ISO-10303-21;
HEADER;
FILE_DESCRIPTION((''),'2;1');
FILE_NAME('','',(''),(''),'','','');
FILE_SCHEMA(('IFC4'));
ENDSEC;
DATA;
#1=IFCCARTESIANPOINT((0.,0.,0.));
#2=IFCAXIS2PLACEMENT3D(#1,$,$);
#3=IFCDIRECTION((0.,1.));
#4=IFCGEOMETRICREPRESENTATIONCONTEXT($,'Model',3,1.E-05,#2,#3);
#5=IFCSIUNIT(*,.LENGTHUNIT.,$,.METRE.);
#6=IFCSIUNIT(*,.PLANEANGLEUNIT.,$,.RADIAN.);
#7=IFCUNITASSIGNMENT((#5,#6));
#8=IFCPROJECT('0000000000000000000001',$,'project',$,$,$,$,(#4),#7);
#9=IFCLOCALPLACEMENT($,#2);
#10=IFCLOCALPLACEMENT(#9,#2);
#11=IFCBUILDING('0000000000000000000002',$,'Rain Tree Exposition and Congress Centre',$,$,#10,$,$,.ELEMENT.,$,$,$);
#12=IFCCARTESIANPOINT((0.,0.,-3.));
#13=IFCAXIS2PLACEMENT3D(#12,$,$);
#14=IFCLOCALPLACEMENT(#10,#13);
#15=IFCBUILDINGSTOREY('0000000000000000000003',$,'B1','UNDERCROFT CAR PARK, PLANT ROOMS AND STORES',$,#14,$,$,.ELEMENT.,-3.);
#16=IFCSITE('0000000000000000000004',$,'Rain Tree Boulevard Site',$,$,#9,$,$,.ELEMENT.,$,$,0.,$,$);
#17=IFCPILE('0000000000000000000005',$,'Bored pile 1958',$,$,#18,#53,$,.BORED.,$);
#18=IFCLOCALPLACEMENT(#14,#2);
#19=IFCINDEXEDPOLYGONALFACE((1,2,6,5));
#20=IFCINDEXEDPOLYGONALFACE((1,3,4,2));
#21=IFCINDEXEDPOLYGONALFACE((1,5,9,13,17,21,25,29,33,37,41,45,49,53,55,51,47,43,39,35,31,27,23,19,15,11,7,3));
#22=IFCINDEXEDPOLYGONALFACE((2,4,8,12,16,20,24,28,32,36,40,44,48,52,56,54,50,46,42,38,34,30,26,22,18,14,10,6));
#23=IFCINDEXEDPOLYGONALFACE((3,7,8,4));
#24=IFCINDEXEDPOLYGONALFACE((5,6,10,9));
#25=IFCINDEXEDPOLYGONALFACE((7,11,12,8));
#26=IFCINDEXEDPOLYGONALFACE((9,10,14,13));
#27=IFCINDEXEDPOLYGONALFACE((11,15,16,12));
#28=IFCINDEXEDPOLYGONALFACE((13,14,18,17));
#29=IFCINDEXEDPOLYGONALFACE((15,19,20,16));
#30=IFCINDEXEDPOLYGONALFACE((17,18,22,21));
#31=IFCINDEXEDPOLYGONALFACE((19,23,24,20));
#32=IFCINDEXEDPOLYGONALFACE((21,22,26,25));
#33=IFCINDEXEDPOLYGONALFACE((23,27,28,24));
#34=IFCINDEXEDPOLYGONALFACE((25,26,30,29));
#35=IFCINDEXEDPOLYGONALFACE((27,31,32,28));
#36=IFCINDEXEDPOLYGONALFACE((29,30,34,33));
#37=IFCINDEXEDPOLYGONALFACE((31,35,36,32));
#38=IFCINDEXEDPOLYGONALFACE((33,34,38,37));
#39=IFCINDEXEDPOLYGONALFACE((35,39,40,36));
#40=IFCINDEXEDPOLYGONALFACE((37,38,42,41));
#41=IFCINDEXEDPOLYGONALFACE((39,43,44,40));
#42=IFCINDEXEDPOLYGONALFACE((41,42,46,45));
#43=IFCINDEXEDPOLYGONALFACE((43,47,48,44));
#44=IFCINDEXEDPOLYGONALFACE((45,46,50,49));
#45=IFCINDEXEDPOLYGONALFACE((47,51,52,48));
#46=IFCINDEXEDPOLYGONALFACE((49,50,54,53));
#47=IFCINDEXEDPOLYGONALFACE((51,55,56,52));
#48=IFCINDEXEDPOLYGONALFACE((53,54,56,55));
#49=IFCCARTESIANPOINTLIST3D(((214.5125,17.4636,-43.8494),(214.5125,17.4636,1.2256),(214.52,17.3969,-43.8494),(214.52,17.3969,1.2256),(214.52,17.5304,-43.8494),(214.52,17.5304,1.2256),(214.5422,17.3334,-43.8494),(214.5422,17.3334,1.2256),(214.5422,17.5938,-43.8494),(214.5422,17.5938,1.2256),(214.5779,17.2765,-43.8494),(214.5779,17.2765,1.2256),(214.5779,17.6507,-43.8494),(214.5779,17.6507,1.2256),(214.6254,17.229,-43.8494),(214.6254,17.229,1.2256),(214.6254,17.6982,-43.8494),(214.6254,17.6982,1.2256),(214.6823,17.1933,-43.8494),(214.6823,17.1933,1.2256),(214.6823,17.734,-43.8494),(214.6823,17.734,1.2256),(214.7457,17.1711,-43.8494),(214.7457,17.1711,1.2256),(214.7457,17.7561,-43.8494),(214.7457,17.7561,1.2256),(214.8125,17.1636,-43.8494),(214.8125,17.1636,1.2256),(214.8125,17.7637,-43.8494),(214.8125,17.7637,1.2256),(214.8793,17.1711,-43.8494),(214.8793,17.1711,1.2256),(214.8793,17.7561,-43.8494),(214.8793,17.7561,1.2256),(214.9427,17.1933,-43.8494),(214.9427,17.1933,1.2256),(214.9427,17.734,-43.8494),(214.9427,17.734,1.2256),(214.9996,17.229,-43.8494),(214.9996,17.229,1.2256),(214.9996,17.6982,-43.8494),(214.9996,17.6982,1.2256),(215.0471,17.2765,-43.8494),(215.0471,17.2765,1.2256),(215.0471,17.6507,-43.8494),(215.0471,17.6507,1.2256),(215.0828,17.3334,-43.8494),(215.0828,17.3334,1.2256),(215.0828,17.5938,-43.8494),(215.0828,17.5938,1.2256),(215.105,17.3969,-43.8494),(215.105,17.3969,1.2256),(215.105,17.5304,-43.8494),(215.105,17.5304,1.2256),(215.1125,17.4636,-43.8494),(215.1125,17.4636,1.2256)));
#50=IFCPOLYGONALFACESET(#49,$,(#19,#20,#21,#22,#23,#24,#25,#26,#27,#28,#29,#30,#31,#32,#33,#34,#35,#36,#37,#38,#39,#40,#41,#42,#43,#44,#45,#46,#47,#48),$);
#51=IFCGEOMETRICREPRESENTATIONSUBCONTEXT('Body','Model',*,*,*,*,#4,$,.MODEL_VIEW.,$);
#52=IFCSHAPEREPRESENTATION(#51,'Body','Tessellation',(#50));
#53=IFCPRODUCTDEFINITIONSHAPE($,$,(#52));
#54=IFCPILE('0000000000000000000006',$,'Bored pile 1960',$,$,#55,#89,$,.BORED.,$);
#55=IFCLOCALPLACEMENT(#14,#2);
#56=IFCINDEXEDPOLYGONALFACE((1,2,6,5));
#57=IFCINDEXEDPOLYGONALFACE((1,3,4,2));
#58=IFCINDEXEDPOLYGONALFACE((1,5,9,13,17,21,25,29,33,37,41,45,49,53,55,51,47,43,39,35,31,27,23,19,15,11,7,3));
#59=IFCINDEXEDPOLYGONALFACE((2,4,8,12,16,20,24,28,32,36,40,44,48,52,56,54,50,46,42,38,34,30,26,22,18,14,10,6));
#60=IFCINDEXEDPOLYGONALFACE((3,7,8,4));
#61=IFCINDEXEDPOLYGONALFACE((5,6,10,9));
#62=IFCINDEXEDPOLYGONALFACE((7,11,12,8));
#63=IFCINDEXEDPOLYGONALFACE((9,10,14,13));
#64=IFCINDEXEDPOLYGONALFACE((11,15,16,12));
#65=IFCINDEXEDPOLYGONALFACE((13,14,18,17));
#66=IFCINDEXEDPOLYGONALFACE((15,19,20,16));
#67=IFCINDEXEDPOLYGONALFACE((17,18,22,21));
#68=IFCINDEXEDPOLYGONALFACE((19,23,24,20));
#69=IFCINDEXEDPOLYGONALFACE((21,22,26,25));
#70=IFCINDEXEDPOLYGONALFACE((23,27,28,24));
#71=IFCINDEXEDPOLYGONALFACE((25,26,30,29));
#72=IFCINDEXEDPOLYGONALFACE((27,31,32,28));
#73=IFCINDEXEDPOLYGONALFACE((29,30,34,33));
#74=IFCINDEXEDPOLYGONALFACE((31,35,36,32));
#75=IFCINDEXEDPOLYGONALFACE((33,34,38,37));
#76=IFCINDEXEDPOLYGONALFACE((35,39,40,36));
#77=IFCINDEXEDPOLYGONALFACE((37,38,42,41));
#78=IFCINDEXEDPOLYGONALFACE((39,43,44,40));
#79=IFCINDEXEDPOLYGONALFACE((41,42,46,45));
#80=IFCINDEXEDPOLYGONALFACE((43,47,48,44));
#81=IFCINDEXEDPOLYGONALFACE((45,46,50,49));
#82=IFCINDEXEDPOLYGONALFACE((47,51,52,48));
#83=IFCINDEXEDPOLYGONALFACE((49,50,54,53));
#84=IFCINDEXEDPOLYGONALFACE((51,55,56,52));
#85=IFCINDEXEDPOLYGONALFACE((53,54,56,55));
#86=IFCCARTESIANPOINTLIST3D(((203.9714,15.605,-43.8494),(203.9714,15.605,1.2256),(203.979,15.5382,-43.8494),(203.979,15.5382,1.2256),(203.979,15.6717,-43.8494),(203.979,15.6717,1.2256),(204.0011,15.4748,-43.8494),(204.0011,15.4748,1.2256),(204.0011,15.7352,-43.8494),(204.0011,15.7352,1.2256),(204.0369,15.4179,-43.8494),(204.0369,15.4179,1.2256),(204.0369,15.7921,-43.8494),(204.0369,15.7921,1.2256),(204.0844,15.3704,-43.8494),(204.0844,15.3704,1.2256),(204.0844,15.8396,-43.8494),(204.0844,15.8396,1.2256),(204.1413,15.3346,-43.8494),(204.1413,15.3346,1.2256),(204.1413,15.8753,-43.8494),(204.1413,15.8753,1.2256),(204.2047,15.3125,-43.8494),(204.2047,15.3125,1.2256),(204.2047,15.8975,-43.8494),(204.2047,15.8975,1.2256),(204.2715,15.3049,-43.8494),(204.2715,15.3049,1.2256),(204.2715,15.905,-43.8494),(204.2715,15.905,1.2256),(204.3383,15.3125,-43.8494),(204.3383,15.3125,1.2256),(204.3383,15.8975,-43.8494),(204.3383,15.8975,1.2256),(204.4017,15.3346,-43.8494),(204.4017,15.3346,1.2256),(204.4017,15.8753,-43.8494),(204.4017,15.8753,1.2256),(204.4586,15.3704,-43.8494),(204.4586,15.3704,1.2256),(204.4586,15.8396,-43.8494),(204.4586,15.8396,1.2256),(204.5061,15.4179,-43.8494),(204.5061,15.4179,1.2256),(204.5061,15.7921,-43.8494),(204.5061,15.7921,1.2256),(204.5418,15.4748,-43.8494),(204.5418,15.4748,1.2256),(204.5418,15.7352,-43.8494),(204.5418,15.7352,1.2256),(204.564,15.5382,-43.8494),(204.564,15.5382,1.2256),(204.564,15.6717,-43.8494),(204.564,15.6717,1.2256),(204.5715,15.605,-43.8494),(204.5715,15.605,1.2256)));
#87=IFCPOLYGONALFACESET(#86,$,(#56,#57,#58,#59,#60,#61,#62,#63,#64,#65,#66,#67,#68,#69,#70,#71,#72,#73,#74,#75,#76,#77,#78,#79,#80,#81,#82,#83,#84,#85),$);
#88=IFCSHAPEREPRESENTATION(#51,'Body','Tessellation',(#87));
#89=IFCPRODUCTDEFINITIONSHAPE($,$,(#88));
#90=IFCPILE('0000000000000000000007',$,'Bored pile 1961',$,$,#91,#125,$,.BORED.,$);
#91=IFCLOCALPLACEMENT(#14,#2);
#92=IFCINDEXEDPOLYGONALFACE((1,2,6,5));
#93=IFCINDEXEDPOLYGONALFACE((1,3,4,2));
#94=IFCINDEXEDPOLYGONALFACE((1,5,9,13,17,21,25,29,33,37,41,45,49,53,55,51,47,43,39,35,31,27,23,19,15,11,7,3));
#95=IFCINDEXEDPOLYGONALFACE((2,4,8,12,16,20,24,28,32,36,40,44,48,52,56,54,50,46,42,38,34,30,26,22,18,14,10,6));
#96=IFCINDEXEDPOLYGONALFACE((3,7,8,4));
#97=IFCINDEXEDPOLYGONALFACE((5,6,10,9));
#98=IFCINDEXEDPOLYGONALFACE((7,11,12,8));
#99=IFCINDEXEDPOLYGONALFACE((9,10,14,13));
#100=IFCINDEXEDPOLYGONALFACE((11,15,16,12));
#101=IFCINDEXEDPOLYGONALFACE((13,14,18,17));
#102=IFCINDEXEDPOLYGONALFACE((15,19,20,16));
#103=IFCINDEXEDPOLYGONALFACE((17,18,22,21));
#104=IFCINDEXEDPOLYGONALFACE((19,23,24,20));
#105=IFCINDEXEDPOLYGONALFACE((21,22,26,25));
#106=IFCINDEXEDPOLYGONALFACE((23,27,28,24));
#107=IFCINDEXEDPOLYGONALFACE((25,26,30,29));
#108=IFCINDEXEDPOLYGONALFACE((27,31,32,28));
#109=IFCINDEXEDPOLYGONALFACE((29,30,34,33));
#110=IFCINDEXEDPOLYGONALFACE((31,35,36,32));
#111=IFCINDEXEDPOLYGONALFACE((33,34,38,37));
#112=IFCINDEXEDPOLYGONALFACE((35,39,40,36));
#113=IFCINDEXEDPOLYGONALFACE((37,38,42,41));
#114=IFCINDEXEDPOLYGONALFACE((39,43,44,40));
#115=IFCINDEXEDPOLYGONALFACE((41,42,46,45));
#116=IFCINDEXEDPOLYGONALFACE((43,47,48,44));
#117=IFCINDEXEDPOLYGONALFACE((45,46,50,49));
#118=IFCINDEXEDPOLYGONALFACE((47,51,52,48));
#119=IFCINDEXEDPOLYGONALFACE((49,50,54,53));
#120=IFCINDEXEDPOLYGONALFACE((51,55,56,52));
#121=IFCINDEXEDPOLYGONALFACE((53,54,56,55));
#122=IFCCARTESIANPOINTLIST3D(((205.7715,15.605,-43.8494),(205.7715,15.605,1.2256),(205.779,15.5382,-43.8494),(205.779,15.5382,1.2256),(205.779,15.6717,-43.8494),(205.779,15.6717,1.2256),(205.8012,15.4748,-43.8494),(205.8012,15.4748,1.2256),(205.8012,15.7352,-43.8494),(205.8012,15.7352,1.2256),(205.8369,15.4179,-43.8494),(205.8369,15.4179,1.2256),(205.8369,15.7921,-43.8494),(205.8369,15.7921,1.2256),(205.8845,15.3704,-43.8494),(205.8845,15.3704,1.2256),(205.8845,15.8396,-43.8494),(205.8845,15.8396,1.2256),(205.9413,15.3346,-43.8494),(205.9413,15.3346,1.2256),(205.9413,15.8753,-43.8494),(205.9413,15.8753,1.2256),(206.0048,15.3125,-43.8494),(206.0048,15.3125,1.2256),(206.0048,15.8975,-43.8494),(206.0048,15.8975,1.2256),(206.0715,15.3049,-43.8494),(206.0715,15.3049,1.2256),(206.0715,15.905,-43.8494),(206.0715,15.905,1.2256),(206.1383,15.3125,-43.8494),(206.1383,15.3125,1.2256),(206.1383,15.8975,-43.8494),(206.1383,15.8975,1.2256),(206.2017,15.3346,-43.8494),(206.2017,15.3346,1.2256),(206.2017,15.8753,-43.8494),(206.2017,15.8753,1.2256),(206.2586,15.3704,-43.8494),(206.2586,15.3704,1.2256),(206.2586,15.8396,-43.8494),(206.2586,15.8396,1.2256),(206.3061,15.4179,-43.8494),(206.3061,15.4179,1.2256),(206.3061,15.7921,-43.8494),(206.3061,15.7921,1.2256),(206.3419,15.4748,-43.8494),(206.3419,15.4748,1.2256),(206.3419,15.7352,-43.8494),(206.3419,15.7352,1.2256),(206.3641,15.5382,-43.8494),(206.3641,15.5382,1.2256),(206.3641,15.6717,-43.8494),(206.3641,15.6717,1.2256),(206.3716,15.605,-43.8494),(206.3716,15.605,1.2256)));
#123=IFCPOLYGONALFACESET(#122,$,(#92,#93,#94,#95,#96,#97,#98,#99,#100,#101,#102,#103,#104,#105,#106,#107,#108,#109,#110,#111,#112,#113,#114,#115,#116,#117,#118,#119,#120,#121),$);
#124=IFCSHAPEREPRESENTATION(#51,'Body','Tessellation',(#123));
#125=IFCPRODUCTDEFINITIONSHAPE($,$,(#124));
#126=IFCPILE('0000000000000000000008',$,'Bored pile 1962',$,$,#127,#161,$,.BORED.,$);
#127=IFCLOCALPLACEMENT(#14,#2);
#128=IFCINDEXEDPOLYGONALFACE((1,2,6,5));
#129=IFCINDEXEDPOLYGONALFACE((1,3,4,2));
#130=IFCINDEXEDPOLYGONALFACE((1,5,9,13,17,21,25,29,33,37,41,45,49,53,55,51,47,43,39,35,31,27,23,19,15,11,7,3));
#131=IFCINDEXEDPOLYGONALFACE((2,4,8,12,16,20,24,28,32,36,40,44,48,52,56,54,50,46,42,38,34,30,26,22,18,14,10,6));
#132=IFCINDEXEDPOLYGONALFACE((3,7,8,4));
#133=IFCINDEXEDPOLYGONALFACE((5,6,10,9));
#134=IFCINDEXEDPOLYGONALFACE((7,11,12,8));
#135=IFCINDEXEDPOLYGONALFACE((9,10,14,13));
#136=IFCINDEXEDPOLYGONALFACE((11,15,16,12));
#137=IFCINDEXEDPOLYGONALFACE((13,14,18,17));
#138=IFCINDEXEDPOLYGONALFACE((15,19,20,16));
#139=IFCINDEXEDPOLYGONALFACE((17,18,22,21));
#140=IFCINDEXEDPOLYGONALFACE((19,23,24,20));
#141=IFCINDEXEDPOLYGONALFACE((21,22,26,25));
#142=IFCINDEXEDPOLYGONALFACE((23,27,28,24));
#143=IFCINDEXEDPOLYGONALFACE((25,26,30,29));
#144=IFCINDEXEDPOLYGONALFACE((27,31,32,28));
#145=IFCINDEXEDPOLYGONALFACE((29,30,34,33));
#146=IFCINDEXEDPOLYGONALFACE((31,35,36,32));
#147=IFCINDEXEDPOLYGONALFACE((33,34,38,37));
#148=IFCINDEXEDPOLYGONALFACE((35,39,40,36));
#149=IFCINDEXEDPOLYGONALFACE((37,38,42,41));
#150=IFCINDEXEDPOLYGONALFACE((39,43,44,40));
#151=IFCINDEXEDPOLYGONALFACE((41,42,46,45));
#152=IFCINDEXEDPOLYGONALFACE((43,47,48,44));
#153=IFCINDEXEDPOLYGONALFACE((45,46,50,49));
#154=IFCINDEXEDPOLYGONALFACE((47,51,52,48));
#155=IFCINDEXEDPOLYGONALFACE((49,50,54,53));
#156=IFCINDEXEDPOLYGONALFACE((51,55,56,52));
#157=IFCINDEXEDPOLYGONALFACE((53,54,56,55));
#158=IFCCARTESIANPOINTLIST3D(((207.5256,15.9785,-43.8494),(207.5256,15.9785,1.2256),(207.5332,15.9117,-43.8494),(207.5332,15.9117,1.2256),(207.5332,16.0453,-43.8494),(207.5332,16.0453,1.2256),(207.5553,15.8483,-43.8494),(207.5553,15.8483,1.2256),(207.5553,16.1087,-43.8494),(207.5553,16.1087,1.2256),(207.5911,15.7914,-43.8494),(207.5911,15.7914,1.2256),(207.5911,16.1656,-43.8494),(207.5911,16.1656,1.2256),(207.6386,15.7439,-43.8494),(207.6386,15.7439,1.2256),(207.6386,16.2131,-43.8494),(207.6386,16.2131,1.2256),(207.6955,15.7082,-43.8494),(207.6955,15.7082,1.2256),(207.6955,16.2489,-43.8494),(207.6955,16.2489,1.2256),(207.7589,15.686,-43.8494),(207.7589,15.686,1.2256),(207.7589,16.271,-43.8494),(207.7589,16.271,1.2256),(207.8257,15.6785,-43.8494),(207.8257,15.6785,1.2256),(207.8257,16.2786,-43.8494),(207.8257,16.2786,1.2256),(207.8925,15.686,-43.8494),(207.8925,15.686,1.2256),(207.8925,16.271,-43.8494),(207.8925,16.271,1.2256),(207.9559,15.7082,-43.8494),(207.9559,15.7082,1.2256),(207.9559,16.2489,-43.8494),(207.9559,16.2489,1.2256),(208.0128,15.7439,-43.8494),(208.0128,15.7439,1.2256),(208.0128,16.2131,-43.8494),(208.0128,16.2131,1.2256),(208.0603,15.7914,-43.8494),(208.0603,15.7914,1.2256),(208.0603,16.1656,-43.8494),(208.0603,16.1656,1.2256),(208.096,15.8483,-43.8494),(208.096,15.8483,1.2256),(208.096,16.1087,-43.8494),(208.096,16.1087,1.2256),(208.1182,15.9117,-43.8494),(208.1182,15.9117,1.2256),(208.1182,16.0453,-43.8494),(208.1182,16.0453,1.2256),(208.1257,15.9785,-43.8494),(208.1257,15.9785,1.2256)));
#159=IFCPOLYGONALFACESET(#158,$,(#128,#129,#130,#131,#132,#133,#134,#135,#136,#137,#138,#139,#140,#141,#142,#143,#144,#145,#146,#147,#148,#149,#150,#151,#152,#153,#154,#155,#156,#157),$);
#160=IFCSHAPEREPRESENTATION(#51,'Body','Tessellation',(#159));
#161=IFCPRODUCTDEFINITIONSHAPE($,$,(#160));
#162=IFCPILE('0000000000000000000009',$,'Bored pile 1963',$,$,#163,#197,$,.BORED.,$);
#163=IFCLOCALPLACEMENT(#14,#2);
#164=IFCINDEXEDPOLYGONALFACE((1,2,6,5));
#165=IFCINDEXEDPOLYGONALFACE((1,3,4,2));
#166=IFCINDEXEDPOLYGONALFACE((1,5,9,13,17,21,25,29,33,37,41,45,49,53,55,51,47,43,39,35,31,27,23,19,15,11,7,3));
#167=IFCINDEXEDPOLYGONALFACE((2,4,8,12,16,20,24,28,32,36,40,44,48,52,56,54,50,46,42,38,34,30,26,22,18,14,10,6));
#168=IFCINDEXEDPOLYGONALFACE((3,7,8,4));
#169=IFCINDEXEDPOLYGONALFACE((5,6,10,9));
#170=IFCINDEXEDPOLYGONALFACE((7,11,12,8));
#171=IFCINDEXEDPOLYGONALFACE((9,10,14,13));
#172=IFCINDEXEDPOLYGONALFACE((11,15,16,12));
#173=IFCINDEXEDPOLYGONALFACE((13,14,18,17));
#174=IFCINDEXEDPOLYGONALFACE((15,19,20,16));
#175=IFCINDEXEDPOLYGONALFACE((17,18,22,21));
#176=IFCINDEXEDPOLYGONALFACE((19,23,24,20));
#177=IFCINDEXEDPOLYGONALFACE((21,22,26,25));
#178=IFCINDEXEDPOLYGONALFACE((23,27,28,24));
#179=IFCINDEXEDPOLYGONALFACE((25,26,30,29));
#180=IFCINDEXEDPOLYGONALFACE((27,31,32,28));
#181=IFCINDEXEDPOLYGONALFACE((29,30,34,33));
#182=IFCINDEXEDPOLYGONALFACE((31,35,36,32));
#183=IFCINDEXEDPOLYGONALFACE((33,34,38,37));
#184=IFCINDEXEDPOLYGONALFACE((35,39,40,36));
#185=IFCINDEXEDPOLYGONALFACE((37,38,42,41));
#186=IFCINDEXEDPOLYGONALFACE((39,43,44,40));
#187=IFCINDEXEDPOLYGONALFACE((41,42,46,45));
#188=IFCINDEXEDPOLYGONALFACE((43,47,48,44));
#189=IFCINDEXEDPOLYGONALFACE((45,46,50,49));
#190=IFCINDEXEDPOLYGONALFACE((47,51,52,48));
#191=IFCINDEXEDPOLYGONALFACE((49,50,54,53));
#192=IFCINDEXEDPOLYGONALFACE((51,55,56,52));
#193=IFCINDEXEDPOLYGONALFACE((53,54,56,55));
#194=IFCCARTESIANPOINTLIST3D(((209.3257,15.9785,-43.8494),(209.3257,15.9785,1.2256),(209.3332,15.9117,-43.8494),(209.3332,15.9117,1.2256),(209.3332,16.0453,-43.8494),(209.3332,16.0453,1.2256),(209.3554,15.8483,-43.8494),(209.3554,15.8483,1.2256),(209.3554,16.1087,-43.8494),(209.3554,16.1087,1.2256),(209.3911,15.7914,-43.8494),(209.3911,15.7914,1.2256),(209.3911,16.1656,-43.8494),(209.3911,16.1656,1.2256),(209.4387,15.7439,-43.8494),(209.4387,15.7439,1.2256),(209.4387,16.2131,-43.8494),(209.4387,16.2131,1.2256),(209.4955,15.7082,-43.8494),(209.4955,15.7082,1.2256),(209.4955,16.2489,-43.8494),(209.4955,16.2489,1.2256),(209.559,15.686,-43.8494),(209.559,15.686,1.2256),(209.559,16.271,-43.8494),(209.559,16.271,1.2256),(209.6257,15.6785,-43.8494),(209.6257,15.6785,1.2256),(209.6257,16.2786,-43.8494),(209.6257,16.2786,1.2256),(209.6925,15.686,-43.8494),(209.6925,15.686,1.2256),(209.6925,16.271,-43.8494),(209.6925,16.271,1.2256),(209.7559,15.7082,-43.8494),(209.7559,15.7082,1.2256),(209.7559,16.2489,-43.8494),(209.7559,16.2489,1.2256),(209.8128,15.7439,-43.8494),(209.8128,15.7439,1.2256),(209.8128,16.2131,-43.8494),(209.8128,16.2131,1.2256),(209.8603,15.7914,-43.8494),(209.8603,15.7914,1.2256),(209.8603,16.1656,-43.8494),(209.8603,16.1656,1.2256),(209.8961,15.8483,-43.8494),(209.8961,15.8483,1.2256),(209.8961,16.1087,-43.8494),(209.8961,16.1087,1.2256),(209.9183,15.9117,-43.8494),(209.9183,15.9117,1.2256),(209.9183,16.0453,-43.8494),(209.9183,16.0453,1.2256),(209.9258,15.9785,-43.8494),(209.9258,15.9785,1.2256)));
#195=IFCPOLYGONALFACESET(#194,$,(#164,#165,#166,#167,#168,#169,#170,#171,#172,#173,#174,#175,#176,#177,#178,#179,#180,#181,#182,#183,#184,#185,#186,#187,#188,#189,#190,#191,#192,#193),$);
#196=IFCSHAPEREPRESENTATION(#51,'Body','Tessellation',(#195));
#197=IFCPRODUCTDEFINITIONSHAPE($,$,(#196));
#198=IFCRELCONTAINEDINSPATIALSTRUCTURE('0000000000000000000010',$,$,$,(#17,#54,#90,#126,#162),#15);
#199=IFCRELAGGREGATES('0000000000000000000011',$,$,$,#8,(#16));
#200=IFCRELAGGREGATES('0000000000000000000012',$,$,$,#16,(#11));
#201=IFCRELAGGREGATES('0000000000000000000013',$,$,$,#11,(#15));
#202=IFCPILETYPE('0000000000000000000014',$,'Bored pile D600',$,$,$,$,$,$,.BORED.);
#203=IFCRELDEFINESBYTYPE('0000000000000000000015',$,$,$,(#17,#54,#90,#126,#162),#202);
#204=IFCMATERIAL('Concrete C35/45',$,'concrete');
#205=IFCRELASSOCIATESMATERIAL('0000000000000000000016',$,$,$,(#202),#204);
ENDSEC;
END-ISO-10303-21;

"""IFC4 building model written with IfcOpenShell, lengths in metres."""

from ifc_helpers import new_model, si_unit, direction, frame, origin, origin_2d, place, context, subcontext, project, spatial, circle, extrude, material, material_profile, profile_set, type_object, element, save


model = new_model("IFC4")

# Units and contexts
model_context = context("Model", 3, precision=1e-05, world=origin(), true_north=direction((0.0, 1.0)))
body_context = subcontext(model_context, "Body", "Model", "MODEL_VIEW")
ifc_project = project(units=[si_unit("LENGTHUNIT", "METRE"), si_unit("PLANEANGLEUNIT", "RADIAN")], contexts=[model_context])

# Site, building, storey
site_placement = place(None, origin())
site = spatial("IfcSite", under=ifc_project, at=site_placement, Name="Rain Tree Boulevard Site", CompositionType="ELEMENT", RefElevation=0.0)
building_placement = place(site_placement, origin())
building = spatial("IfcBuilding", under=site, at=building_placement, Name="Rain Tree Exposition and Congress Centre", CompositionType="ELEMENT")
storey_placement = place(building_placement, frame((0.0, 0.0, -3.0)))
storey = spatial("IfcBuildingStorey", under=building, at=storey_placement, Name="B1", Description="UNDERCROFT CAR PARK, PLANT ROOMS AND STORES", CompositionType="ELEMENT", Elevation=-3.0)

# Piles
ifc_material_1 = material(Name="Concrete C35/45", Category="concrete")
ifc_material_profile = material_profile(ifc_material_1, circle(Radius=0.3, at=origin_2d()), Name="D600")
ifc_profile_set = profile_set([ifc_material_profile], Name="Concrete C35/45")
pile_type = type_object("IfcPileType", Name="Bored pile D600", PredefinedType="BORED", material=ifc_profile_set)
for number, where, z_axis, x_axis, name in (
    (1, (214.8125, 17.4636, 1.2256), (0.0, 0.0, -1.0), (1.0, 0.0, 0.0), "Bored pile 1958"),
    (2, (204.2715, 15.605, 1.2256), (0.0, 0.0, -1.0), (1.0, 0.0, 0.0), "Bored pile 1960"),
    (3, (206.0715, 15.605, 1.2256), (0.0, 0.0, -1.0), (1.0, 0.0, 0.0), "Bored pile 1961"),
    (4, (207.8257, 15.9785, 1.2256), (0.0, 0.0, -1.0), (1.0, 0.0, 0.0), "Bored pile 1962"),
    (5, (209.6257, 15.9785, 1.2256), (0.0, 0.0, -1.0), (1.0, 0.0, 0.0), "Bored pile 1963"),
):
    element("IfcPile", number, at=place(storey_placement, frame(where, z_axis=z_axis, x_axis=x_axis)), inside=storey, type_object=pile_type, Name=name, PredefinedType="BORED", context=body_context, shape_type="SweptSolid", body=[
        extrude(circle(Radius=0.3, at=origin_2d()), origin(), (0.0, 0.0, 1.0), 45.075),
    ])

save(model, "model.ifc")
